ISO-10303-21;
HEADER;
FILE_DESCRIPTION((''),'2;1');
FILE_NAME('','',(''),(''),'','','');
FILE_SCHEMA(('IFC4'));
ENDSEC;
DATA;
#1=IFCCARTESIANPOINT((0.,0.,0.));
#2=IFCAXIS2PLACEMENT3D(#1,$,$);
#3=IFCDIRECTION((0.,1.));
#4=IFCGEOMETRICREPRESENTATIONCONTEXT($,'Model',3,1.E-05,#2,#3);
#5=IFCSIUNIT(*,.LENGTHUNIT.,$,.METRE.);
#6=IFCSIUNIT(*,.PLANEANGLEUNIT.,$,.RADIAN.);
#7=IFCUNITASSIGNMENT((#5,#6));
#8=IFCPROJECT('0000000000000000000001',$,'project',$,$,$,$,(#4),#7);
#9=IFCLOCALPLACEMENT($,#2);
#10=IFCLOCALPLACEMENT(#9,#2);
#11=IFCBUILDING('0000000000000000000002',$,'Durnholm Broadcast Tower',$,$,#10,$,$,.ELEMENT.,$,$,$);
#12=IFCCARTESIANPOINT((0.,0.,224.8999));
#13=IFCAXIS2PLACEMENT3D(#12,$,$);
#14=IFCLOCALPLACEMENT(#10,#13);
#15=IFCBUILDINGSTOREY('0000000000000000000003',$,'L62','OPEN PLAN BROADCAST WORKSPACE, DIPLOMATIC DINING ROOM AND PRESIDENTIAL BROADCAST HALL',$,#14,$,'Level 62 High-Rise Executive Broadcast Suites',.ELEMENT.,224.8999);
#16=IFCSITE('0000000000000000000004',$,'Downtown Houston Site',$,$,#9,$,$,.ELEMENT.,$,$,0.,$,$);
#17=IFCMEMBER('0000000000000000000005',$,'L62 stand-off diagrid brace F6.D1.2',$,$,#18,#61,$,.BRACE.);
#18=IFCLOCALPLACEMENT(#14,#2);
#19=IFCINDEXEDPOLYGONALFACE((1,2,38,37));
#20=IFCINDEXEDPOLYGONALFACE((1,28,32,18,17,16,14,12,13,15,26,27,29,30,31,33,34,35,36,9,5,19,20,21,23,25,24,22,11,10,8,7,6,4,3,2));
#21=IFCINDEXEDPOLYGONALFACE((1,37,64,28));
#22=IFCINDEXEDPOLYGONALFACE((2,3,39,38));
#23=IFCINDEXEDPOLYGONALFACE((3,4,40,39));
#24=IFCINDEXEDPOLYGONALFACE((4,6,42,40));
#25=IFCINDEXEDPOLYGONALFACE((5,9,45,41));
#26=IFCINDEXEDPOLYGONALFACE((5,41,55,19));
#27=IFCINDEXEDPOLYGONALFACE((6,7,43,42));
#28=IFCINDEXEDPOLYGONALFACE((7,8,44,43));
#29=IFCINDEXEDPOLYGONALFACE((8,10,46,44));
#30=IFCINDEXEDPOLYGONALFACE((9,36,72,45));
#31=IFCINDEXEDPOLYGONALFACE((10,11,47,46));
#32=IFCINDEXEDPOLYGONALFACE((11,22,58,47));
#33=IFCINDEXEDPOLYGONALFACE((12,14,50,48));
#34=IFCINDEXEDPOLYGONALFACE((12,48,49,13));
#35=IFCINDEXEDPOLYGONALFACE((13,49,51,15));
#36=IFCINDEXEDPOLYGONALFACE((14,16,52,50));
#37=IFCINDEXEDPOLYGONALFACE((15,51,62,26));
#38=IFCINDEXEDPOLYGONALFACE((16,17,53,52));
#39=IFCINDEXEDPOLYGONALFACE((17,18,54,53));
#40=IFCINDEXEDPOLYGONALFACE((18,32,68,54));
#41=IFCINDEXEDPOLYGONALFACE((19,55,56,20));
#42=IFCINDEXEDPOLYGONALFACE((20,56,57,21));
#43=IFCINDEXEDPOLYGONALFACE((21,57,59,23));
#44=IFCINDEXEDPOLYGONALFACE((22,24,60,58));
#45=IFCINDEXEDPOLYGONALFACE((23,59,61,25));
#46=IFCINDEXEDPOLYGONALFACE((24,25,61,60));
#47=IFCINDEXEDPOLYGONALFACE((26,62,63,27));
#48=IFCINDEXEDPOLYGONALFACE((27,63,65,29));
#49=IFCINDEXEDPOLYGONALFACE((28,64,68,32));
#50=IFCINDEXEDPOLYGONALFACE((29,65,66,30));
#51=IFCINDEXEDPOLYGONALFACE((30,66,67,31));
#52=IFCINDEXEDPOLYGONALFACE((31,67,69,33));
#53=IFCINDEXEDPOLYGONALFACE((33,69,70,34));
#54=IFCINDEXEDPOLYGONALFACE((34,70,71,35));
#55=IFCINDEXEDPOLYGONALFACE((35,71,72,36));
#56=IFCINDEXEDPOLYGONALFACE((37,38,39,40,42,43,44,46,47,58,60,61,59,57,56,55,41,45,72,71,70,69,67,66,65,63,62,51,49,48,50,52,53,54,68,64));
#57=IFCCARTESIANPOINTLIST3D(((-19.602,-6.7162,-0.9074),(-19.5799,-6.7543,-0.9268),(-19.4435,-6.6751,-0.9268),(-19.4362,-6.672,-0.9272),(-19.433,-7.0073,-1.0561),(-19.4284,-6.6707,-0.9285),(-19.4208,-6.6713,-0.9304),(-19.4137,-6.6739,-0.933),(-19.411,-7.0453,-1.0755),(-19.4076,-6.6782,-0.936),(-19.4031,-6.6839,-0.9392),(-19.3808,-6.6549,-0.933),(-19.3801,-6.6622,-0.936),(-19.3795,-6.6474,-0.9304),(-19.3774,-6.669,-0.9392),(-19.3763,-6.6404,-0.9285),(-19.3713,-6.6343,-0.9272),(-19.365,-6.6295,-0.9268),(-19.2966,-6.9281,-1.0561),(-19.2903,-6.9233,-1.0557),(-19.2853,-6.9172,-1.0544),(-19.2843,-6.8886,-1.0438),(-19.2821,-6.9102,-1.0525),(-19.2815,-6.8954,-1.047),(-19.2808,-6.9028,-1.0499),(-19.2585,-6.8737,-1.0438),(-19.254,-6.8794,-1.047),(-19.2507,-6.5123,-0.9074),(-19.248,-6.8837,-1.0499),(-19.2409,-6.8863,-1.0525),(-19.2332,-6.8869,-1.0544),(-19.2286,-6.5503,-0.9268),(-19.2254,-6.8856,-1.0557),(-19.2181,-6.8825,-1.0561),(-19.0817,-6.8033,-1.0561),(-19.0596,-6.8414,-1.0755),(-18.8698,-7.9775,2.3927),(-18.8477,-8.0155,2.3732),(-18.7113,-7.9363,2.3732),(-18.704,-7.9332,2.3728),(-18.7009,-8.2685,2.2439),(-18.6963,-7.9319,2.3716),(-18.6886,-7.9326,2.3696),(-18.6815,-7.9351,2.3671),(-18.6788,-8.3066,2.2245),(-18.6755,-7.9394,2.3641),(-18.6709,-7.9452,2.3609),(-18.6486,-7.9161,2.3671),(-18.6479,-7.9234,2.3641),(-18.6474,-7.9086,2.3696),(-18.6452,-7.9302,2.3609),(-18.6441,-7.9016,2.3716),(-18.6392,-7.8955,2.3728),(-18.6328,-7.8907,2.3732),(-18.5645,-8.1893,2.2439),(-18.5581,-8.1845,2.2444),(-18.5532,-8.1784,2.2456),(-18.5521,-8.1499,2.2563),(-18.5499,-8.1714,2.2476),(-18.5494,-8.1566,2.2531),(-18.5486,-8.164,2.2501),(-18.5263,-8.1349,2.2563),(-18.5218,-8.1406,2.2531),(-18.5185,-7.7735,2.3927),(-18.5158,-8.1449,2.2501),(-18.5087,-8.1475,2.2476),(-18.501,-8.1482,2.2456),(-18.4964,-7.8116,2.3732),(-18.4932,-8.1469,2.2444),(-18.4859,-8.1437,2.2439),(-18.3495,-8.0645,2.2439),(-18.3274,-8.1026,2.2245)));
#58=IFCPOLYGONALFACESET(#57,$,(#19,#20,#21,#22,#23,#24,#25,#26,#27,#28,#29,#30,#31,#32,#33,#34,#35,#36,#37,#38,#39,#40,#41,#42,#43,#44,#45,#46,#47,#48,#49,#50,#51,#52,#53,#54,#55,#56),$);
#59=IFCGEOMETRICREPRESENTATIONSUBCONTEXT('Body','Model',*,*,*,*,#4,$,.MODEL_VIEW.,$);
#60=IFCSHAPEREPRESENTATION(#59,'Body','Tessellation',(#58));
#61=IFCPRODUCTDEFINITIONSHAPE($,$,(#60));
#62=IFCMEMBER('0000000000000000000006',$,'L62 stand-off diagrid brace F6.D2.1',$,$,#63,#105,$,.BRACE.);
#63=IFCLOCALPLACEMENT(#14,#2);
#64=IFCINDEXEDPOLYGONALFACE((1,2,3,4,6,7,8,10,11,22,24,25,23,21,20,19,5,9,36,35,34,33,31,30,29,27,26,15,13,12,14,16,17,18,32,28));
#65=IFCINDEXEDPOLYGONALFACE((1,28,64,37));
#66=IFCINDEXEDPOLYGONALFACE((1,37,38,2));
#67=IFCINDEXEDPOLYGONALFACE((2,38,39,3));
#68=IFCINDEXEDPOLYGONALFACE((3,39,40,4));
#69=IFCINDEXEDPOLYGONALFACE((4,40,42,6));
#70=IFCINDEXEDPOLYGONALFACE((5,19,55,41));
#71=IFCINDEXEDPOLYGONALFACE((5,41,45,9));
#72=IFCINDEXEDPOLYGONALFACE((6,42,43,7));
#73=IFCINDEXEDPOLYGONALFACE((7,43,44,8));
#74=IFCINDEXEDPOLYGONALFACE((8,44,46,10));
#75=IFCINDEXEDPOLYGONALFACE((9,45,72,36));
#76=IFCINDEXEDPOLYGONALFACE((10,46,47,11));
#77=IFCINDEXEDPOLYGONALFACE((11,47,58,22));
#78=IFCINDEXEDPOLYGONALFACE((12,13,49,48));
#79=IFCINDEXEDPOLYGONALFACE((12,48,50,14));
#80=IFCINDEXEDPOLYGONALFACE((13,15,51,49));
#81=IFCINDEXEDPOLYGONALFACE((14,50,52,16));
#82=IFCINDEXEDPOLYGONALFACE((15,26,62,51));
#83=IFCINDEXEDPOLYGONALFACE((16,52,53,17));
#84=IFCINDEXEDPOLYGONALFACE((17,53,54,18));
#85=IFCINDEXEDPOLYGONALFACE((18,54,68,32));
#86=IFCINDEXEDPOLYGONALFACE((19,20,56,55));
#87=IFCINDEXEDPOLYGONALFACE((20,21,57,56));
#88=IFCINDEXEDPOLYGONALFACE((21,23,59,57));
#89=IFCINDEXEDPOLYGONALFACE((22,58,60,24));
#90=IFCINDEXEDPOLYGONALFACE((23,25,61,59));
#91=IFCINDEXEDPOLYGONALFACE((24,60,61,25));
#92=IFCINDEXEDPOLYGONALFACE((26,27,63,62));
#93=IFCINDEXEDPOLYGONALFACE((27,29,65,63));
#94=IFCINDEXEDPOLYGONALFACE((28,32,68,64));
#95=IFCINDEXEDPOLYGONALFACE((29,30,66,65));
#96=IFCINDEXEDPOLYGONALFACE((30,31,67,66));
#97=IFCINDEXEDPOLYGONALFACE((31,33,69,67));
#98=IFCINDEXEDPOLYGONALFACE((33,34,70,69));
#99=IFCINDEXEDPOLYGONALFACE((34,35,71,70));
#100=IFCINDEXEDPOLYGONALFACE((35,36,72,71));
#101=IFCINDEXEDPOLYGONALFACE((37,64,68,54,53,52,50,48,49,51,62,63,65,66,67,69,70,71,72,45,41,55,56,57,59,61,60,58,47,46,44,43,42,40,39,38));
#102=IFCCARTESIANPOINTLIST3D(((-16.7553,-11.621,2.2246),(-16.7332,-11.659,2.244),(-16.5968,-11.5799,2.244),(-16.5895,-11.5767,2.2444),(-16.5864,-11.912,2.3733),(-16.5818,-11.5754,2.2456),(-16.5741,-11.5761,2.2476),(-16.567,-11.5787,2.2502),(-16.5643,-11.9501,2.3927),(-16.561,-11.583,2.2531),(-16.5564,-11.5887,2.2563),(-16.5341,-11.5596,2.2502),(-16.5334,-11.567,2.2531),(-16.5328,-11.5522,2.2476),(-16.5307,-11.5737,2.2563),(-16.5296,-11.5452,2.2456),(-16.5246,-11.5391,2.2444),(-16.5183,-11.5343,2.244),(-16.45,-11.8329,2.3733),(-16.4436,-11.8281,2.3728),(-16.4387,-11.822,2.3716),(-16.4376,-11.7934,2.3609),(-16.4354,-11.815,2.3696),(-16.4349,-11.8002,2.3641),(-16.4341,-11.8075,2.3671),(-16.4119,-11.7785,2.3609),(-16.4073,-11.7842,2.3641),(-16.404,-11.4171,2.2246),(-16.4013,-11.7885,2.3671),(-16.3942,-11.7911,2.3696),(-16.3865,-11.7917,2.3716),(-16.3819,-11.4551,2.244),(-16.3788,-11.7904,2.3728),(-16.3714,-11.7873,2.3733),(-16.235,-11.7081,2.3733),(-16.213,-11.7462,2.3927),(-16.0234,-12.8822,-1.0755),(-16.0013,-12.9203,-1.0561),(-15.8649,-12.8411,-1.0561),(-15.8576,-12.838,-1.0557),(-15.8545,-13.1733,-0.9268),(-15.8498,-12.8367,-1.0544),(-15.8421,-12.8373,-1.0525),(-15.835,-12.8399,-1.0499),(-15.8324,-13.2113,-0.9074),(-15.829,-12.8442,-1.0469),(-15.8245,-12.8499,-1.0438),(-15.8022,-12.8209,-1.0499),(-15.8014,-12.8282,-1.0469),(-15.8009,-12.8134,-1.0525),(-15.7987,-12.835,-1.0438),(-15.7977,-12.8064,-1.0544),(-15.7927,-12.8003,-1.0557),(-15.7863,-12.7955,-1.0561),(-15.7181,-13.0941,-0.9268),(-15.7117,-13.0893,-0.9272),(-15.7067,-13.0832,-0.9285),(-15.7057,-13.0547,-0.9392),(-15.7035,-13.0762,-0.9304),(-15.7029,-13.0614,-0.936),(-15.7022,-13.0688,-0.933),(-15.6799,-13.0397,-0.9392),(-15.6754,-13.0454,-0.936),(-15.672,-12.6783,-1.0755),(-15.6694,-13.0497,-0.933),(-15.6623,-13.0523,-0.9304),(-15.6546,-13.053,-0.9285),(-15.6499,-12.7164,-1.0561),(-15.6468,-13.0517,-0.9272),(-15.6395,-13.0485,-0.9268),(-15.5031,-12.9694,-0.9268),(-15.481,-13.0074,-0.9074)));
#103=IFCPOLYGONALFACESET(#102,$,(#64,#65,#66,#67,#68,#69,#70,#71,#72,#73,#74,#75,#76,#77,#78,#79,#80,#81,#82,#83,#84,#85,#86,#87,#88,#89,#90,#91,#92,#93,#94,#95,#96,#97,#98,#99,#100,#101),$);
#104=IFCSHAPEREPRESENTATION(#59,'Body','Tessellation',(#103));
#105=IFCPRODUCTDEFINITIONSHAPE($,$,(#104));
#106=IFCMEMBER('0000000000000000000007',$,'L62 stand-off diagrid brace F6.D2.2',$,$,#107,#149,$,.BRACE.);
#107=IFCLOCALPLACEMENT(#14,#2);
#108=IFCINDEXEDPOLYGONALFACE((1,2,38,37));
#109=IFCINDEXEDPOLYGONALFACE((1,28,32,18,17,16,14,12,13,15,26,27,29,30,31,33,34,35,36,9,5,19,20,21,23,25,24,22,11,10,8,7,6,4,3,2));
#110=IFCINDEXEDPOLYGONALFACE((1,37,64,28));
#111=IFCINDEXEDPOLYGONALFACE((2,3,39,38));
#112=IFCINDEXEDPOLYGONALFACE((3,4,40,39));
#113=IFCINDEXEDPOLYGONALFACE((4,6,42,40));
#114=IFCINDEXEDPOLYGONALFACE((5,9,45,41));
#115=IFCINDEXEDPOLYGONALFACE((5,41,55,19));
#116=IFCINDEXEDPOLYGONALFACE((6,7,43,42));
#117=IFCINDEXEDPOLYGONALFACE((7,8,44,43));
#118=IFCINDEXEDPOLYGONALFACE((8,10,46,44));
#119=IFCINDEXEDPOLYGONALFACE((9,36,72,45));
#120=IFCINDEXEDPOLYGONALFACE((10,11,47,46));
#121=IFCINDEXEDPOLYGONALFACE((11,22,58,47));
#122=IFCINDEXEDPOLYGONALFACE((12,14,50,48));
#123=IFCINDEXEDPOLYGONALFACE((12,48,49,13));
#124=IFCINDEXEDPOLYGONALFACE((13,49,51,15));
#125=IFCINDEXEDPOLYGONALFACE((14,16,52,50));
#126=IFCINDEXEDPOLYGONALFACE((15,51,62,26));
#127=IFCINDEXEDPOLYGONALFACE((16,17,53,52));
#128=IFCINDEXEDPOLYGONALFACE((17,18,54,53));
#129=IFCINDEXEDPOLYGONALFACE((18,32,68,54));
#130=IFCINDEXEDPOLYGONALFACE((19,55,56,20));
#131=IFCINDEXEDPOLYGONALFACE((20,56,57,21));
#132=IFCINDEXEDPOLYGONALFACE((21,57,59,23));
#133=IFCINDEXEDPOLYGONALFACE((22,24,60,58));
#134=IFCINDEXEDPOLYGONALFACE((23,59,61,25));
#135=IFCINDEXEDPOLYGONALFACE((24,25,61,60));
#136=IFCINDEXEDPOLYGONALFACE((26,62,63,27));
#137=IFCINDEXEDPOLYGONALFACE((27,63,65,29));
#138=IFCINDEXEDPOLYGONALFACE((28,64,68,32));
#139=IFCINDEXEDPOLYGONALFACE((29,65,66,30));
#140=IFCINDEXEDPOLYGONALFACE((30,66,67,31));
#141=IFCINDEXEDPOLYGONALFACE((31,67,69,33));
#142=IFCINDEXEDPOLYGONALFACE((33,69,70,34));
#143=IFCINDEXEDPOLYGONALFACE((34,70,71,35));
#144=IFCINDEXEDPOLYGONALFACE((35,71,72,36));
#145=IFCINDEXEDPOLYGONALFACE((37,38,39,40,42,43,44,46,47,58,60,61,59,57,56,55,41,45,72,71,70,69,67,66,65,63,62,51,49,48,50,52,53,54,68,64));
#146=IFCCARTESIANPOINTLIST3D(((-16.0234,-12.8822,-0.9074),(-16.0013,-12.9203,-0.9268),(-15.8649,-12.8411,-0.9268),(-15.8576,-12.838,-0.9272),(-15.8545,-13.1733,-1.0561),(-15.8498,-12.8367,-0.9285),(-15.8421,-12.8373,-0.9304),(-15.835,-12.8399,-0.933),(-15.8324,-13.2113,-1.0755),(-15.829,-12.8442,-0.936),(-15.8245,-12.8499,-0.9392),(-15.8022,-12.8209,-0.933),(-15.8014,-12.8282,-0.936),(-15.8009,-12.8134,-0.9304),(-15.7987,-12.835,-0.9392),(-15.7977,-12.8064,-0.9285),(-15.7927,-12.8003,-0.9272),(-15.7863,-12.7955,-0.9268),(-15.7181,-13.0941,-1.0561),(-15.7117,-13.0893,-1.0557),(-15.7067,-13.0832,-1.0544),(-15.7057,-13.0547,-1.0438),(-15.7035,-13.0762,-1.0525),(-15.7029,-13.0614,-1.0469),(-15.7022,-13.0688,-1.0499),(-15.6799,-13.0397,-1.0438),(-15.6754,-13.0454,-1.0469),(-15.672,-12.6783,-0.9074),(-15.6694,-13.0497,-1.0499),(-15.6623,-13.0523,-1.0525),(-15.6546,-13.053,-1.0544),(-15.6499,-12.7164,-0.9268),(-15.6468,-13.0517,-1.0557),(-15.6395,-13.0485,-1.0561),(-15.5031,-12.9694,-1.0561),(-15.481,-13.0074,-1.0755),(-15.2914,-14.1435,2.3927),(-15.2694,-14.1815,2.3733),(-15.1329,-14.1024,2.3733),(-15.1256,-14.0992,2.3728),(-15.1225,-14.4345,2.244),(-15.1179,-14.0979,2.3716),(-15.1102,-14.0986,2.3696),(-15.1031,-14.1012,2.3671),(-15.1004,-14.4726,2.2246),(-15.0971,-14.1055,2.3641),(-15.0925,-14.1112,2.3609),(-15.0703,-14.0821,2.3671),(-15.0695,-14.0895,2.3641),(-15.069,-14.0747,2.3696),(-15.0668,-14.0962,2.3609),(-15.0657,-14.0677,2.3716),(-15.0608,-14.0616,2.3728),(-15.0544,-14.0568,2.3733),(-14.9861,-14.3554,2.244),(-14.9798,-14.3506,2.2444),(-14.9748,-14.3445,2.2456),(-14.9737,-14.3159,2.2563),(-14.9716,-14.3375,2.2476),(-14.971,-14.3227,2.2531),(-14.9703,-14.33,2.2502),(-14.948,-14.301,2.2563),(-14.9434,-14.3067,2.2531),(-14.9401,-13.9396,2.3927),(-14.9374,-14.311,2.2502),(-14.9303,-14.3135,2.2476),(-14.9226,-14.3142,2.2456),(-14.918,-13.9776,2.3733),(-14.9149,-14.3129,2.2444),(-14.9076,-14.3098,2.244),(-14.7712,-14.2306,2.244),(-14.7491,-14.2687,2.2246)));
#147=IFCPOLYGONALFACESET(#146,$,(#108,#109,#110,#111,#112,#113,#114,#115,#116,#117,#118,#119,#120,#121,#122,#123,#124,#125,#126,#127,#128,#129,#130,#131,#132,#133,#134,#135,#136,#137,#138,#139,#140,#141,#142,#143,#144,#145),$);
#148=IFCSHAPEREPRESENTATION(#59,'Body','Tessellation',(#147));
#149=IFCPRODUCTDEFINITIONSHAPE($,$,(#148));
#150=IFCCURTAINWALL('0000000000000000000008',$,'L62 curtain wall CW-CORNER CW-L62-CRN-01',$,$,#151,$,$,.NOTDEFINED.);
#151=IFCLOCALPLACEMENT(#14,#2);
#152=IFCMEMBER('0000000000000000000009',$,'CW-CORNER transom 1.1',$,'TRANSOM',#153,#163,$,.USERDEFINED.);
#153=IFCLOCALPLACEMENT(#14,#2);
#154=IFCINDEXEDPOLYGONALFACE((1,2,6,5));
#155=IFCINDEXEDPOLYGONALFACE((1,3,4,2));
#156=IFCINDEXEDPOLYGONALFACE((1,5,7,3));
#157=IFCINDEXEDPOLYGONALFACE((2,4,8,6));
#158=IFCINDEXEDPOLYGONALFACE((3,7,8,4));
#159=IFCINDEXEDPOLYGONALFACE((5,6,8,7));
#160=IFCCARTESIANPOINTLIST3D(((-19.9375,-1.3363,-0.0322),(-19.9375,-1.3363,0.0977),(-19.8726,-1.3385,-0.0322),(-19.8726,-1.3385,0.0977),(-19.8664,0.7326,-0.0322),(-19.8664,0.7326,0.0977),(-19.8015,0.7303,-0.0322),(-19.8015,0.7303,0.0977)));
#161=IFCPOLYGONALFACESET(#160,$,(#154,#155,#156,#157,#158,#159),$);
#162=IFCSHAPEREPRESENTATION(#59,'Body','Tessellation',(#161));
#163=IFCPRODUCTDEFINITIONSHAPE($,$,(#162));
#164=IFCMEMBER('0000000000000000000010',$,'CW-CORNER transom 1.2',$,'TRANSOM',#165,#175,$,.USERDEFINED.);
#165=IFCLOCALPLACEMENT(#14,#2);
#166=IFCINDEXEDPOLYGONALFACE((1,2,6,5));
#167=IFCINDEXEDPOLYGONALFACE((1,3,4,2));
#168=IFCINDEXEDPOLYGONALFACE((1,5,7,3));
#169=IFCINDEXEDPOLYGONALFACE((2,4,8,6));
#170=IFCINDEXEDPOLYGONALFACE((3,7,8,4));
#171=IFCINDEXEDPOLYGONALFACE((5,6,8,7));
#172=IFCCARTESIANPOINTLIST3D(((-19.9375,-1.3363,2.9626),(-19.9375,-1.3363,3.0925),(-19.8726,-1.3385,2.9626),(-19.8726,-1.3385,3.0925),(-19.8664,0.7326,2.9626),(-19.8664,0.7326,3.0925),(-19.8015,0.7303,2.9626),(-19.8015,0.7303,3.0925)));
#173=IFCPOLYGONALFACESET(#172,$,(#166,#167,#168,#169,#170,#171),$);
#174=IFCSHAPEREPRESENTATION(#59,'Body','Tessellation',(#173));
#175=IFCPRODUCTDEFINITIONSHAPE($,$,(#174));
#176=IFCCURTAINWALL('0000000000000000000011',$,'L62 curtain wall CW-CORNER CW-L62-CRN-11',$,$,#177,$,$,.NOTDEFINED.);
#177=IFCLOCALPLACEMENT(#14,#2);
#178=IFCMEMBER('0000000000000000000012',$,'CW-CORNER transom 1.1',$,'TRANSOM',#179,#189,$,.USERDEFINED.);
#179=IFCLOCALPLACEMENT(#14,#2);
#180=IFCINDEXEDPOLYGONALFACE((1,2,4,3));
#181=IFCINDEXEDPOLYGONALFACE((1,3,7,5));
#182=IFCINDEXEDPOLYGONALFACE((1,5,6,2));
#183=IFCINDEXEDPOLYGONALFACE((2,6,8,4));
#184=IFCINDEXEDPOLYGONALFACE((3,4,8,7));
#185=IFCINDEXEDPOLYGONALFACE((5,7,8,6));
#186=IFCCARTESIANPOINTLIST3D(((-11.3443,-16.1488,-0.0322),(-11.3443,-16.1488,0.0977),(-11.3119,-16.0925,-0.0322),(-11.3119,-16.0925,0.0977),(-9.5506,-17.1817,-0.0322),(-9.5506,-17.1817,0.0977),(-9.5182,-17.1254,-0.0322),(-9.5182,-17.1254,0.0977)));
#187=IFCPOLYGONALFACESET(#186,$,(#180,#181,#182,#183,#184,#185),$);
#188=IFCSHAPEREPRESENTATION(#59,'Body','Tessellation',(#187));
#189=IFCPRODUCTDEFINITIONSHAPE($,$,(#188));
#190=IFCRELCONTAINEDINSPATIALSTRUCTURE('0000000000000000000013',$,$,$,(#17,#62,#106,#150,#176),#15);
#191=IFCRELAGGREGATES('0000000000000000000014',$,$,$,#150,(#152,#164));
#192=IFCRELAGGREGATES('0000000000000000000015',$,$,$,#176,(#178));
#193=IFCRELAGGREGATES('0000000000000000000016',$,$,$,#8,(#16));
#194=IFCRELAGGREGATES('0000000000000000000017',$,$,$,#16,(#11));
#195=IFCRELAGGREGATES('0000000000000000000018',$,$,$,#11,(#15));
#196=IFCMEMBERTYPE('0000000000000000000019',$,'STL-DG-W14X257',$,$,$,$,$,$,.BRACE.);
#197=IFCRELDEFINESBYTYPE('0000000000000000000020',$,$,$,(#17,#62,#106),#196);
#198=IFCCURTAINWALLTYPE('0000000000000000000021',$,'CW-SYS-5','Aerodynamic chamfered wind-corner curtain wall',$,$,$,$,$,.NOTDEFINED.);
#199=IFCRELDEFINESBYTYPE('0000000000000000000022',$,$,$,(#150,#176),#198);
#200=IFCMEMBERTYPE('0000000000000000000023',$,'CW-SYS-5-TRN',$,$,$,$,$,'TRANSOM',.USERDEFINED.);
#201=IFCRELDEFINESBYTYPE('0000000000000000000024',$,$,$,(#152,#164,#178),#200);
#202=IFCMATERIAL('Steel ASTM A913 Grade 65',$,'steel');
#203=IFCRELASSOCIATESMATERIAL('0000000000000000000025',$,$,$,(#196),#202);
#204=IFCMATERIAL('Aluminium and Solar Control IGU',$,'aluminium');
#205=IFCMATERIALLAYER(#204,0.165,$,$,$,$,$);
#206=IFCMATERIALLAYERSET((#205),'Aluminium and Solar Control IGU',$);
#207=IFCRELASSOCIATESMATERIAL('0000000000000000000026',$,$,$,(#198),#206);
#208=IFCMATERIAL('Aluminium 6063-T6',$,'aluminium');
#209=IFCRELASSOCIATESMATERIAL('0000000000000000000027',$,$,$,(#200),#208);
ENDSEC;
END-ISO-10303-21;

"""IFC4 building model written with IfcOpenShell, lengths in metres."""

from ifc_helpers import new_model, si_unit, direction, frame, origin, origin_2d, place, context, subcontext, project, spatial, rectangle, i_section, extrude, source, transform, mapped, material, layer, layer_set, material_profile, profile_set, type_object, type_shapes, element, aggregate, save


model = new_model("IFC4")

# Units and contexts
model_context = context("Model", 3, precision=1e-05, world=origin(), true_north=direction((0.0, 1.0)))
body_context = subcontext(model_context, "Body", "Model", "MODEL_VIEW")
ifc_project = project(units=[si_unit("LENGTHUNIT", "METRE"), si_unit("PLANEANGLEUNIT", "RADIAN")], contexts=[model_context])

# Site, building, storey
site_placement = place(None, origin())
site = spatial("IfcSite", under=ifc_project, at=site_placement, Name="Downtown Houston Site", CompositionType="ELEMENT", RefElevation=0.0)
building_placement = place(site_placement, origin())
building = spatial("IfcBuilding", under=site, at=building_placement, Name="Durnholm Broadcast Tower", CompositionType="ELEMENT")
storey_placement = place(building_placement, frame((0.0, 0.0, 224.8999)))
storey = spatial("IfcBuildingStorey", under=building, at=storey_placement, Name="L62", Description="OPEN PLAN BROADCAST WORKSPACE, DIPLOMATIC DINING ROOM AND PRESIDENTIAL BROADCAST HALL", LongName="Level 62 High-Rise Executive Broadcast Suites", CompositionType="ELEMENT", Elevation=224.8999)

# Members
ifc_material_1 = material(Name="Steel ASTM A913 Grade 65", Category="steel")
ifc_material_profile_1 = material_profile(ifc_material_1, i_section(OverallWidth=0.4062, OverallDepth=0.416, WebThickness=0.0298, FlangeThickness=0.0481, FilletRadius=0.0305, at=origin_2d()), Name="W14X257")
ifc_profile_set_1 = profile_set([ifc_material_profile_1], Name="Steel ASTM A913 Grade 65")
member_type_1 = type_object("IfcMemberType", Name="STL-DG-W14X257", PredefinedType="BRACE", material=ifc_profile_set_1)
shared_shape_1 = source(origin(), body_context, "Body", "SweptSolid", [
    extrude(i_section(OverallWidth=0.4062, OverallDepth=0.416, WebThickness=0.0298, FlangeThickness=0.0481, FilletRadius=0.0305, at=origin_2d()), origin(), (0.0, 0.0, 1.0), 3.6079),
])
type_shapes(member_type_1, [shared_shape_1])
for number, where, z_axis, x_axis, name in (
    (1, (-19.3308, -6.7788, -0.9915), (0.202936, -0.349572, 0.914667), (0.864833, 0.502059, 0.0), "L62 stand-off diagrid brace F6.D1.2"),
    (2, (-15.7522, -12.9448, -0.9915), (-0.202871, 0.349577, 0.91468), (-0.864906, -0.501934, 0.0), "L62 stand-off diagrid brace F6.D2.1"),
    (3, (-15.7522, -12.9448, -0.9915), (0.202871, -0.349577, 0.91468), (0.864906, 0.501934, 0.0), "L62 stand-off diagrid brace F6.D2.2"),
):
    element("IfcMember", number, at=place(storey_placement, frame(where, z_axis=z_axis, x_axis=x_axis)), inside=storey, type_object=member_type_1, Name=name, PredefinedType="BRACE", context=body_context, shape_type="MappedRepresentation", body=[
        mapped(shared_shape_1, transform((0.0, 0.0, 0.0), x_axis=(1.0, 0.0, 0.0), y_axis=(0.0, 1.0, 0.0), z_axis=(0.0, 0.0, 1.0), scale=1.0)),
    ])

# Curtain wall, members
ifc_material_2 = material(Name="Aluminium and Solar Control IGU", Category="aluminium")
ifc_layer_1 = layer(ifc_material_2, 0.165)
ifc_layer_set_1 = layer_set([ifc_layer_1], Name="Aluminium and Solar Control IGU")
curtain_wall_type_1 = type_object("IfcCurtainWallType", Name="CW-SYS-5", Description="Aerodynamic chamfered wind-corner curtain wall", PredefinedType="NOTDEFINED", material=ifc_layer_set_1)
curtain_wall_1_placement = place(storey_placement, origin())
curtain_wall_1 = element("IfcCurtainWall", 4, at=curtain_wall_1_placement, inside=storey, type_object=curtain_wall_type_1, Name="L62 curtain wall CW-CORNER CW-L62-CRN-01", PredefinedType="NOTDEFINED")
ifc_material_3 = material(Name="Aluminium 6063-T6", Category="aluminium")
ifc_material_profile_2 = material_profile(ifc_material_3, rectangle(XDim=0.0649, YDim=0.1299, at=origin_2d()), Name="CWT65X130")
ifc_profile_set_2 = profile_set([ifc_material_profile_2], Name="Aluminium 6063-T6")
member_type_2 = type_object("IfcMemberType", Name="CW-SYS-5-TRN", ElementType="TRANSOM", PredefinedType="USERDEFINED", material=ifc_profile_set_2)
shared_shape_2 = source(origin(), body_context, "Body", "SweptSolid", [
    extrude(rectangle(XDim=0.0649, YDim=0.1299, at=origin_2d()), origin(), (0.0, 0.0, 1.0), 2.0701),
])
member_1_placement = place(storey_placement, frame((-19.905, -1.3374, 0.0327), z_axis=(0.03432, 0.999411, 0.0), x_axis=(-0.999411, 0.03432, 0.0)))
member_1 = element("IfcMember", 5, at=member_1_placement, type_object=member_type_2, Name="CW-CORNER transom 1.1", ObjectType="TRANSOM", PredefinedType="USERDEFINED", context=body_context, shape_type="MappedRepresentation", body=[
    mapped(shared_shape_2, transform((0.0, 0.0, 0.0), x_axis=(1.0, 0.0, 0.0), y_axis=(0.0, 1.0, 0.0), z_axis=(0.0, 0.0, 1.0), scale=1.0)),
])
member_2_placement = place(storey_placement, frame((-19.905, -1.3374, 3.0276), z_axis=(0.03432, 0.999411, 0.0), x_axis=(-0.999411, 0.03432, 0.0)))
member_2 = element("IfcMember", 6, at=member_2_placement, type_object=member_type_2, Name="CW-CORNER transom 1.2", ObjectType="TRANSOM", PredefinedType="USERDEFINED", context=body_context, shape_type="MappedRepresentation", body=[
    mapped(shared_shape_2, transform((0.0, 0.0, 0.0), x_axis=(1.0, 0.0, 0.0), y_axis=(0.0, 1.0, 0.0), z_axis=(0.0, 0.0, 1.0), scale=1.0)),
])

# Curtain wall, member
curtain_wall_2_placement = place(storey_placement, origin())
curtain_wall_2 = element("IfcCurtainWall", 7, at=curtain_wall_2_placement, inside=storey, type_object=curtain_wall_type_1, Name="L62 curtain wall CW-CORNER CW-L62-CRN-11", PredefinedType="NOTDEFINED")
shared_shape_3 = source(origin(), body_context, "Body", "SweptSolid", [
    extrude(rectangle(XDim=0.0649, YDim=0.1299, at=origin_2d()), origin(), (0.0, 0.0, 1.0), 2.0698),
])
type_shapes(member_type_2, [shared_shape_2, shared_shape_3])
member_3_placement = place(storey_placement, frame((-9.5344, -17.1536, 0.0327), z_axis=(-0.866576, 0.499045, 0.0), x_axis=(-0.499045, -0.866576, 0.0)))
member_3 = element("IfcMember", 8, at=member_3_placement, type_object=member_type_2, Name="CW-CORNER transom 1.1", ObjectType="TRANSOM", PredefinedType="USERDEFINED", context=body_context, shape_type="MappedRepresentation", body=[
    mapped(shared_shape_3, transform((0.0, 0.0, 0.0), x_axis=(1.0, 0.0, 0.0), y_axis=(0.0, 1.0, 0.0), z_axis=(0.0, 0.0, 1.0), scale=1.0)),
])

aggregate(curtain_wall_1, [member_1, member_2])

aggregate(curtain_wall_2, [member_3])

save(model, "model.ifc")
